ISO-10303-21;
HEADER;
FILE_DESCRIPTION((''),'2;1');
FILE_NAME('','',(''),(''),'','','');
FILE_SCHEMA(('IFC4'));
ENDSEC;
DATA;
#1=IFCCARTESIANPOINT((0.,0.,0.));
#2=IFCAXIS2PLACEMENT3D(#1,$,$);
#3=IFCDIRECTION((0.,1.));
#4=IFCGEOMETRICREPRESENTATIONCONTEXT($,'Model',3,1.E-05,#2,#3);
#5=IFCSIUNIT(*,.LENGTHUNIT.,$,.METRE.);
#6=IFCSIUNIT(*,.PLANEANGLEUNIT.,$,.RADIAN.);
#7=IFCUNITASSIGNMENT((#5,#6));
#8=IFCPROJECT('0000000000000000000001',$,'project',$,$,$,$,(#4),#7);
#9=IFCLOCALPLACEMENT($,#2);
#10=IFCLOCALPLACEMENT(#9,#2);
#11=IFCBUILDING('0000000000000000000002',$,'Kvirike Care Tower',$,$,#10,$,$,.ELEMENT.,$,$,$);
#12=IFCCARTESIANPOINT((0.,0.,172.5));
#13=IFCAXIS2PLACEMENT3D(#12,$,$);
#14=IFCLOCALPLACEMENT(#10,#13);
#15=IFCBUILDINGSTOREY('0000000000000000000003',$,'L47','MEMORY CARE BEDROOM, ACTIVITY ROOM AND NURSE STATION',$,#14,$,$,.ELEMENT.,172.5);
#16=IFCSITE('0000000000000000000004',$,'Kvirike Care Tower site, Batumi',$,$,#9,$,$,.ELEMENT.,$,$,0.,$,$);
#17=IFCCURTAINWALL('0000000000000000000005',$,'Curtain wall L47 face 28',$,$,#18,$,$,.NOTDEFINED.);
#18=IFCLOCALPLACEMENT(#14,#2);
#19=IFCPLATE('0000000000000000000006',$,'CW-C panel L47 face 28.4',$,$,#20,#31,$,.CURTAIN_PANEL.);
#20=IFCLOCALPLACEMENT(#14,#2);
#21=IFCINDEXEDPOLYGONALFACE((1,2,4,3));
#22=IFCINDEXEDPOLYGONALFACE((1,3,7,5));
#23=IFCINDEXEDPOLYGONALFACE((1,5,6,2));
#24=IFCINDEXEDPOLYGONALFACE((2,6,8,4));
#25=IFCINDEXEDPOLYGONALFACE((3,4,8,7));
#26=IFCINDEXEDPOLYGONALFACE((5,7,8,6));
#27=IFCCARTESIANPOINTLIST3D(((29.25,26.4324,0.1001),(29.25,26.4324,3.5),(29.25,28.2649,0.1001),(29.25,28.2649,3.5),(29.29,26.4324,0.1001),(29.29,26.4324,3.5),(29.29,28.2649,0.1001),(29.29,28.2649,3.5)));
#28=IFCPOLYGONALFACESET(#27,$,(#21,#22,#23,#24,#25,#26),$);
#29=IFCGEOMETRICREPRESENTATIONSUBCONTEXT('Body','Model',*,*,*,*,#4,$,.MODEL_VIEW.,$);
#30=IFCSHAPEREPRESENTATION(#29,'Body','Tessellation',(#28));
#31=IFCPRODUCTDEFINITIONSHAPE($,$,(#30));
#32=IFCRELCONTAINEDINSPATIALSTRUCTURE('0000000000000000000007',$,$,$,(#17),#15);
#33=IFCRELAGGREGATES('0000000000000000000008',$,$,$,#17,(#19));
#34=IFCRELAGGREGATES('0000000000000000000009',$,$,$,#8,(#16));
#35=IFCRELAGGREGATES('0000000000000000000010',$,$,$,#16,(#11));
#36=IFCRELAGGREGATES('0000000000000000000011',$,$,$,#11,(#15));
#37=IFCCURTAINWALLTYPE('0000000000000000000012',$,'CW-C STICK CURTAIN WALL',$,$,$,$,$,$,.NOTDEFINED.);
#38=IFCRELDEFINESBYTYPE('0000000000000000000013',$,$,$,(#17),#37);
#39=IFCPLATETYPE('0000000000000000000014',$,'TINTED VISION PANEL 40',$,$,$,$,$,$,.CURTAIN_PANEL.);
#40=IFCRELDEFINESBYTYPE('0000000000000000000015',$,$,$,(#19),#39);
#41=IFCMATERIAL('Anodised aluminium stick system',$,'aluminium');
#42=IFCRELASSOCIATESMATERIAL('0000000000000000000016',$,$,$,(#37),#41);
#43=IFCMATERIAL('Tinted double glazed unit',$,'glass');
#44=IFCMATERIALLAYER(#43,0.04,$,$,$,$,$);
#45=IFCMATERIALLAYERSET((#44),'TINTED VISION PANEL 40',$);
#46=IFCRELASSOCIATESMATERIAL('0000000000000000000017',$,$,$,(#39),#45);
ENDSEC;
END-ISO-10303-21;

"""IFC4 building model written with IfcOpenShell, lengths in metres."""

from ifc_helpers import new_model, si_unit, direction, frame, origin, origin_2d, place, context, subcontext, project, spatial, rectangle, extrude, material, layer, layer_set, type_object, element, aggregate, save


model = new_model("IFC4")

# Units and contexts
model_context = context("Model", 3, precision=1e-05, world=origin(), true_north=direction((0.0, 1.0)))
body_context = subcontext(model_context, "Body", "Model", "MODEL_VIEW")
ifc_project = project(units=[si_unit("LENGTHUNIT", "METRE"), si_unit("PLANEANGLEUNIT", "RADIAN")], contexts=[model_context])

# Site, building, storey
site_placement = place(None, origin())
site = spatial("IfcSite", under=ifc_project, at=site_placement, Name="Kvirike Care Tower site, Batumi", CompositionType="ELEMENT", RefElevation=0.0)
building_placement = place(site_placement, origin())
building = spatial("IfcBuilding", under=site, at=building_placement, Name="Kvirike Care Tower", CompositionType="ELEMENT")
storey_placement = place(building_placement, frame((0.0, 0.0, 172.5)))
storey = spatial("IfcBuildingStorey", under=building, at=storey_placement, Name="L47", Description="MEMORY CARE BEDROOM, ACTIVITY ROOM AND NURSE STATION", CompositionType="ELEMENT", Elevation=172.5)

# Curtain wall
ifc_material_1 = material(Name="Anodised aluminium stick system", Category="aluminium")
curtain_wall_type = type_object("IfcCurtainWallType", Name="CW-C STICK CURTAIN WALL", PredefinedType="NOTDEFINED", material=ifc_material_1)
curtain_wall_1_placement = place(storey_placement, origin())
curtain_wall_1 = element("IfcCurtainWall", 1, at=curtain_wall_1_placement, inside=storey, type_object=curtain_wall_type, Name="Curtain wall L47 face 28", PredefinedType="NOTDEFINED")

# Plate
ifc_material_2 = material(Name="Tinted double glazed unit", Category="glass")
ifc_layer = layer(ifc_material_2, 0.04)
ifc_layer_set = layer_set([ifc_layer], Name="TINTED VISION PANEL 40")
plate_type = type_object("IfcPlateType", Name="TINTED VISION PANEL 40", PredefinedType="CURTAIN_PANEL", material=ifc_layer_set)
plate_1_placement = place(storey_placement, frame((29.27, 27.3486, 0.1001), z_axis=(0.0, 0.0, 1.0), x_axis=(0.0, 1.0, 0.0)))
plate_1 = element("IfcPlate", 2, at=plate_1_placement, type_object=plate_type, Name="CW-C panel L47 face 28.4", PredefinedType="CURTAIN_PANEL", context=body_context, shape_type="SweptSolid", body=[
    extrude(rectangle(XDim=1.8325, YDim=0.04, at=origin_2d()), origin(), (0.0, 0.0, 1.0), 3.3999),
])
aggregate(curtain_wall_1, [plate_1])

save(model, "model.ifc")
